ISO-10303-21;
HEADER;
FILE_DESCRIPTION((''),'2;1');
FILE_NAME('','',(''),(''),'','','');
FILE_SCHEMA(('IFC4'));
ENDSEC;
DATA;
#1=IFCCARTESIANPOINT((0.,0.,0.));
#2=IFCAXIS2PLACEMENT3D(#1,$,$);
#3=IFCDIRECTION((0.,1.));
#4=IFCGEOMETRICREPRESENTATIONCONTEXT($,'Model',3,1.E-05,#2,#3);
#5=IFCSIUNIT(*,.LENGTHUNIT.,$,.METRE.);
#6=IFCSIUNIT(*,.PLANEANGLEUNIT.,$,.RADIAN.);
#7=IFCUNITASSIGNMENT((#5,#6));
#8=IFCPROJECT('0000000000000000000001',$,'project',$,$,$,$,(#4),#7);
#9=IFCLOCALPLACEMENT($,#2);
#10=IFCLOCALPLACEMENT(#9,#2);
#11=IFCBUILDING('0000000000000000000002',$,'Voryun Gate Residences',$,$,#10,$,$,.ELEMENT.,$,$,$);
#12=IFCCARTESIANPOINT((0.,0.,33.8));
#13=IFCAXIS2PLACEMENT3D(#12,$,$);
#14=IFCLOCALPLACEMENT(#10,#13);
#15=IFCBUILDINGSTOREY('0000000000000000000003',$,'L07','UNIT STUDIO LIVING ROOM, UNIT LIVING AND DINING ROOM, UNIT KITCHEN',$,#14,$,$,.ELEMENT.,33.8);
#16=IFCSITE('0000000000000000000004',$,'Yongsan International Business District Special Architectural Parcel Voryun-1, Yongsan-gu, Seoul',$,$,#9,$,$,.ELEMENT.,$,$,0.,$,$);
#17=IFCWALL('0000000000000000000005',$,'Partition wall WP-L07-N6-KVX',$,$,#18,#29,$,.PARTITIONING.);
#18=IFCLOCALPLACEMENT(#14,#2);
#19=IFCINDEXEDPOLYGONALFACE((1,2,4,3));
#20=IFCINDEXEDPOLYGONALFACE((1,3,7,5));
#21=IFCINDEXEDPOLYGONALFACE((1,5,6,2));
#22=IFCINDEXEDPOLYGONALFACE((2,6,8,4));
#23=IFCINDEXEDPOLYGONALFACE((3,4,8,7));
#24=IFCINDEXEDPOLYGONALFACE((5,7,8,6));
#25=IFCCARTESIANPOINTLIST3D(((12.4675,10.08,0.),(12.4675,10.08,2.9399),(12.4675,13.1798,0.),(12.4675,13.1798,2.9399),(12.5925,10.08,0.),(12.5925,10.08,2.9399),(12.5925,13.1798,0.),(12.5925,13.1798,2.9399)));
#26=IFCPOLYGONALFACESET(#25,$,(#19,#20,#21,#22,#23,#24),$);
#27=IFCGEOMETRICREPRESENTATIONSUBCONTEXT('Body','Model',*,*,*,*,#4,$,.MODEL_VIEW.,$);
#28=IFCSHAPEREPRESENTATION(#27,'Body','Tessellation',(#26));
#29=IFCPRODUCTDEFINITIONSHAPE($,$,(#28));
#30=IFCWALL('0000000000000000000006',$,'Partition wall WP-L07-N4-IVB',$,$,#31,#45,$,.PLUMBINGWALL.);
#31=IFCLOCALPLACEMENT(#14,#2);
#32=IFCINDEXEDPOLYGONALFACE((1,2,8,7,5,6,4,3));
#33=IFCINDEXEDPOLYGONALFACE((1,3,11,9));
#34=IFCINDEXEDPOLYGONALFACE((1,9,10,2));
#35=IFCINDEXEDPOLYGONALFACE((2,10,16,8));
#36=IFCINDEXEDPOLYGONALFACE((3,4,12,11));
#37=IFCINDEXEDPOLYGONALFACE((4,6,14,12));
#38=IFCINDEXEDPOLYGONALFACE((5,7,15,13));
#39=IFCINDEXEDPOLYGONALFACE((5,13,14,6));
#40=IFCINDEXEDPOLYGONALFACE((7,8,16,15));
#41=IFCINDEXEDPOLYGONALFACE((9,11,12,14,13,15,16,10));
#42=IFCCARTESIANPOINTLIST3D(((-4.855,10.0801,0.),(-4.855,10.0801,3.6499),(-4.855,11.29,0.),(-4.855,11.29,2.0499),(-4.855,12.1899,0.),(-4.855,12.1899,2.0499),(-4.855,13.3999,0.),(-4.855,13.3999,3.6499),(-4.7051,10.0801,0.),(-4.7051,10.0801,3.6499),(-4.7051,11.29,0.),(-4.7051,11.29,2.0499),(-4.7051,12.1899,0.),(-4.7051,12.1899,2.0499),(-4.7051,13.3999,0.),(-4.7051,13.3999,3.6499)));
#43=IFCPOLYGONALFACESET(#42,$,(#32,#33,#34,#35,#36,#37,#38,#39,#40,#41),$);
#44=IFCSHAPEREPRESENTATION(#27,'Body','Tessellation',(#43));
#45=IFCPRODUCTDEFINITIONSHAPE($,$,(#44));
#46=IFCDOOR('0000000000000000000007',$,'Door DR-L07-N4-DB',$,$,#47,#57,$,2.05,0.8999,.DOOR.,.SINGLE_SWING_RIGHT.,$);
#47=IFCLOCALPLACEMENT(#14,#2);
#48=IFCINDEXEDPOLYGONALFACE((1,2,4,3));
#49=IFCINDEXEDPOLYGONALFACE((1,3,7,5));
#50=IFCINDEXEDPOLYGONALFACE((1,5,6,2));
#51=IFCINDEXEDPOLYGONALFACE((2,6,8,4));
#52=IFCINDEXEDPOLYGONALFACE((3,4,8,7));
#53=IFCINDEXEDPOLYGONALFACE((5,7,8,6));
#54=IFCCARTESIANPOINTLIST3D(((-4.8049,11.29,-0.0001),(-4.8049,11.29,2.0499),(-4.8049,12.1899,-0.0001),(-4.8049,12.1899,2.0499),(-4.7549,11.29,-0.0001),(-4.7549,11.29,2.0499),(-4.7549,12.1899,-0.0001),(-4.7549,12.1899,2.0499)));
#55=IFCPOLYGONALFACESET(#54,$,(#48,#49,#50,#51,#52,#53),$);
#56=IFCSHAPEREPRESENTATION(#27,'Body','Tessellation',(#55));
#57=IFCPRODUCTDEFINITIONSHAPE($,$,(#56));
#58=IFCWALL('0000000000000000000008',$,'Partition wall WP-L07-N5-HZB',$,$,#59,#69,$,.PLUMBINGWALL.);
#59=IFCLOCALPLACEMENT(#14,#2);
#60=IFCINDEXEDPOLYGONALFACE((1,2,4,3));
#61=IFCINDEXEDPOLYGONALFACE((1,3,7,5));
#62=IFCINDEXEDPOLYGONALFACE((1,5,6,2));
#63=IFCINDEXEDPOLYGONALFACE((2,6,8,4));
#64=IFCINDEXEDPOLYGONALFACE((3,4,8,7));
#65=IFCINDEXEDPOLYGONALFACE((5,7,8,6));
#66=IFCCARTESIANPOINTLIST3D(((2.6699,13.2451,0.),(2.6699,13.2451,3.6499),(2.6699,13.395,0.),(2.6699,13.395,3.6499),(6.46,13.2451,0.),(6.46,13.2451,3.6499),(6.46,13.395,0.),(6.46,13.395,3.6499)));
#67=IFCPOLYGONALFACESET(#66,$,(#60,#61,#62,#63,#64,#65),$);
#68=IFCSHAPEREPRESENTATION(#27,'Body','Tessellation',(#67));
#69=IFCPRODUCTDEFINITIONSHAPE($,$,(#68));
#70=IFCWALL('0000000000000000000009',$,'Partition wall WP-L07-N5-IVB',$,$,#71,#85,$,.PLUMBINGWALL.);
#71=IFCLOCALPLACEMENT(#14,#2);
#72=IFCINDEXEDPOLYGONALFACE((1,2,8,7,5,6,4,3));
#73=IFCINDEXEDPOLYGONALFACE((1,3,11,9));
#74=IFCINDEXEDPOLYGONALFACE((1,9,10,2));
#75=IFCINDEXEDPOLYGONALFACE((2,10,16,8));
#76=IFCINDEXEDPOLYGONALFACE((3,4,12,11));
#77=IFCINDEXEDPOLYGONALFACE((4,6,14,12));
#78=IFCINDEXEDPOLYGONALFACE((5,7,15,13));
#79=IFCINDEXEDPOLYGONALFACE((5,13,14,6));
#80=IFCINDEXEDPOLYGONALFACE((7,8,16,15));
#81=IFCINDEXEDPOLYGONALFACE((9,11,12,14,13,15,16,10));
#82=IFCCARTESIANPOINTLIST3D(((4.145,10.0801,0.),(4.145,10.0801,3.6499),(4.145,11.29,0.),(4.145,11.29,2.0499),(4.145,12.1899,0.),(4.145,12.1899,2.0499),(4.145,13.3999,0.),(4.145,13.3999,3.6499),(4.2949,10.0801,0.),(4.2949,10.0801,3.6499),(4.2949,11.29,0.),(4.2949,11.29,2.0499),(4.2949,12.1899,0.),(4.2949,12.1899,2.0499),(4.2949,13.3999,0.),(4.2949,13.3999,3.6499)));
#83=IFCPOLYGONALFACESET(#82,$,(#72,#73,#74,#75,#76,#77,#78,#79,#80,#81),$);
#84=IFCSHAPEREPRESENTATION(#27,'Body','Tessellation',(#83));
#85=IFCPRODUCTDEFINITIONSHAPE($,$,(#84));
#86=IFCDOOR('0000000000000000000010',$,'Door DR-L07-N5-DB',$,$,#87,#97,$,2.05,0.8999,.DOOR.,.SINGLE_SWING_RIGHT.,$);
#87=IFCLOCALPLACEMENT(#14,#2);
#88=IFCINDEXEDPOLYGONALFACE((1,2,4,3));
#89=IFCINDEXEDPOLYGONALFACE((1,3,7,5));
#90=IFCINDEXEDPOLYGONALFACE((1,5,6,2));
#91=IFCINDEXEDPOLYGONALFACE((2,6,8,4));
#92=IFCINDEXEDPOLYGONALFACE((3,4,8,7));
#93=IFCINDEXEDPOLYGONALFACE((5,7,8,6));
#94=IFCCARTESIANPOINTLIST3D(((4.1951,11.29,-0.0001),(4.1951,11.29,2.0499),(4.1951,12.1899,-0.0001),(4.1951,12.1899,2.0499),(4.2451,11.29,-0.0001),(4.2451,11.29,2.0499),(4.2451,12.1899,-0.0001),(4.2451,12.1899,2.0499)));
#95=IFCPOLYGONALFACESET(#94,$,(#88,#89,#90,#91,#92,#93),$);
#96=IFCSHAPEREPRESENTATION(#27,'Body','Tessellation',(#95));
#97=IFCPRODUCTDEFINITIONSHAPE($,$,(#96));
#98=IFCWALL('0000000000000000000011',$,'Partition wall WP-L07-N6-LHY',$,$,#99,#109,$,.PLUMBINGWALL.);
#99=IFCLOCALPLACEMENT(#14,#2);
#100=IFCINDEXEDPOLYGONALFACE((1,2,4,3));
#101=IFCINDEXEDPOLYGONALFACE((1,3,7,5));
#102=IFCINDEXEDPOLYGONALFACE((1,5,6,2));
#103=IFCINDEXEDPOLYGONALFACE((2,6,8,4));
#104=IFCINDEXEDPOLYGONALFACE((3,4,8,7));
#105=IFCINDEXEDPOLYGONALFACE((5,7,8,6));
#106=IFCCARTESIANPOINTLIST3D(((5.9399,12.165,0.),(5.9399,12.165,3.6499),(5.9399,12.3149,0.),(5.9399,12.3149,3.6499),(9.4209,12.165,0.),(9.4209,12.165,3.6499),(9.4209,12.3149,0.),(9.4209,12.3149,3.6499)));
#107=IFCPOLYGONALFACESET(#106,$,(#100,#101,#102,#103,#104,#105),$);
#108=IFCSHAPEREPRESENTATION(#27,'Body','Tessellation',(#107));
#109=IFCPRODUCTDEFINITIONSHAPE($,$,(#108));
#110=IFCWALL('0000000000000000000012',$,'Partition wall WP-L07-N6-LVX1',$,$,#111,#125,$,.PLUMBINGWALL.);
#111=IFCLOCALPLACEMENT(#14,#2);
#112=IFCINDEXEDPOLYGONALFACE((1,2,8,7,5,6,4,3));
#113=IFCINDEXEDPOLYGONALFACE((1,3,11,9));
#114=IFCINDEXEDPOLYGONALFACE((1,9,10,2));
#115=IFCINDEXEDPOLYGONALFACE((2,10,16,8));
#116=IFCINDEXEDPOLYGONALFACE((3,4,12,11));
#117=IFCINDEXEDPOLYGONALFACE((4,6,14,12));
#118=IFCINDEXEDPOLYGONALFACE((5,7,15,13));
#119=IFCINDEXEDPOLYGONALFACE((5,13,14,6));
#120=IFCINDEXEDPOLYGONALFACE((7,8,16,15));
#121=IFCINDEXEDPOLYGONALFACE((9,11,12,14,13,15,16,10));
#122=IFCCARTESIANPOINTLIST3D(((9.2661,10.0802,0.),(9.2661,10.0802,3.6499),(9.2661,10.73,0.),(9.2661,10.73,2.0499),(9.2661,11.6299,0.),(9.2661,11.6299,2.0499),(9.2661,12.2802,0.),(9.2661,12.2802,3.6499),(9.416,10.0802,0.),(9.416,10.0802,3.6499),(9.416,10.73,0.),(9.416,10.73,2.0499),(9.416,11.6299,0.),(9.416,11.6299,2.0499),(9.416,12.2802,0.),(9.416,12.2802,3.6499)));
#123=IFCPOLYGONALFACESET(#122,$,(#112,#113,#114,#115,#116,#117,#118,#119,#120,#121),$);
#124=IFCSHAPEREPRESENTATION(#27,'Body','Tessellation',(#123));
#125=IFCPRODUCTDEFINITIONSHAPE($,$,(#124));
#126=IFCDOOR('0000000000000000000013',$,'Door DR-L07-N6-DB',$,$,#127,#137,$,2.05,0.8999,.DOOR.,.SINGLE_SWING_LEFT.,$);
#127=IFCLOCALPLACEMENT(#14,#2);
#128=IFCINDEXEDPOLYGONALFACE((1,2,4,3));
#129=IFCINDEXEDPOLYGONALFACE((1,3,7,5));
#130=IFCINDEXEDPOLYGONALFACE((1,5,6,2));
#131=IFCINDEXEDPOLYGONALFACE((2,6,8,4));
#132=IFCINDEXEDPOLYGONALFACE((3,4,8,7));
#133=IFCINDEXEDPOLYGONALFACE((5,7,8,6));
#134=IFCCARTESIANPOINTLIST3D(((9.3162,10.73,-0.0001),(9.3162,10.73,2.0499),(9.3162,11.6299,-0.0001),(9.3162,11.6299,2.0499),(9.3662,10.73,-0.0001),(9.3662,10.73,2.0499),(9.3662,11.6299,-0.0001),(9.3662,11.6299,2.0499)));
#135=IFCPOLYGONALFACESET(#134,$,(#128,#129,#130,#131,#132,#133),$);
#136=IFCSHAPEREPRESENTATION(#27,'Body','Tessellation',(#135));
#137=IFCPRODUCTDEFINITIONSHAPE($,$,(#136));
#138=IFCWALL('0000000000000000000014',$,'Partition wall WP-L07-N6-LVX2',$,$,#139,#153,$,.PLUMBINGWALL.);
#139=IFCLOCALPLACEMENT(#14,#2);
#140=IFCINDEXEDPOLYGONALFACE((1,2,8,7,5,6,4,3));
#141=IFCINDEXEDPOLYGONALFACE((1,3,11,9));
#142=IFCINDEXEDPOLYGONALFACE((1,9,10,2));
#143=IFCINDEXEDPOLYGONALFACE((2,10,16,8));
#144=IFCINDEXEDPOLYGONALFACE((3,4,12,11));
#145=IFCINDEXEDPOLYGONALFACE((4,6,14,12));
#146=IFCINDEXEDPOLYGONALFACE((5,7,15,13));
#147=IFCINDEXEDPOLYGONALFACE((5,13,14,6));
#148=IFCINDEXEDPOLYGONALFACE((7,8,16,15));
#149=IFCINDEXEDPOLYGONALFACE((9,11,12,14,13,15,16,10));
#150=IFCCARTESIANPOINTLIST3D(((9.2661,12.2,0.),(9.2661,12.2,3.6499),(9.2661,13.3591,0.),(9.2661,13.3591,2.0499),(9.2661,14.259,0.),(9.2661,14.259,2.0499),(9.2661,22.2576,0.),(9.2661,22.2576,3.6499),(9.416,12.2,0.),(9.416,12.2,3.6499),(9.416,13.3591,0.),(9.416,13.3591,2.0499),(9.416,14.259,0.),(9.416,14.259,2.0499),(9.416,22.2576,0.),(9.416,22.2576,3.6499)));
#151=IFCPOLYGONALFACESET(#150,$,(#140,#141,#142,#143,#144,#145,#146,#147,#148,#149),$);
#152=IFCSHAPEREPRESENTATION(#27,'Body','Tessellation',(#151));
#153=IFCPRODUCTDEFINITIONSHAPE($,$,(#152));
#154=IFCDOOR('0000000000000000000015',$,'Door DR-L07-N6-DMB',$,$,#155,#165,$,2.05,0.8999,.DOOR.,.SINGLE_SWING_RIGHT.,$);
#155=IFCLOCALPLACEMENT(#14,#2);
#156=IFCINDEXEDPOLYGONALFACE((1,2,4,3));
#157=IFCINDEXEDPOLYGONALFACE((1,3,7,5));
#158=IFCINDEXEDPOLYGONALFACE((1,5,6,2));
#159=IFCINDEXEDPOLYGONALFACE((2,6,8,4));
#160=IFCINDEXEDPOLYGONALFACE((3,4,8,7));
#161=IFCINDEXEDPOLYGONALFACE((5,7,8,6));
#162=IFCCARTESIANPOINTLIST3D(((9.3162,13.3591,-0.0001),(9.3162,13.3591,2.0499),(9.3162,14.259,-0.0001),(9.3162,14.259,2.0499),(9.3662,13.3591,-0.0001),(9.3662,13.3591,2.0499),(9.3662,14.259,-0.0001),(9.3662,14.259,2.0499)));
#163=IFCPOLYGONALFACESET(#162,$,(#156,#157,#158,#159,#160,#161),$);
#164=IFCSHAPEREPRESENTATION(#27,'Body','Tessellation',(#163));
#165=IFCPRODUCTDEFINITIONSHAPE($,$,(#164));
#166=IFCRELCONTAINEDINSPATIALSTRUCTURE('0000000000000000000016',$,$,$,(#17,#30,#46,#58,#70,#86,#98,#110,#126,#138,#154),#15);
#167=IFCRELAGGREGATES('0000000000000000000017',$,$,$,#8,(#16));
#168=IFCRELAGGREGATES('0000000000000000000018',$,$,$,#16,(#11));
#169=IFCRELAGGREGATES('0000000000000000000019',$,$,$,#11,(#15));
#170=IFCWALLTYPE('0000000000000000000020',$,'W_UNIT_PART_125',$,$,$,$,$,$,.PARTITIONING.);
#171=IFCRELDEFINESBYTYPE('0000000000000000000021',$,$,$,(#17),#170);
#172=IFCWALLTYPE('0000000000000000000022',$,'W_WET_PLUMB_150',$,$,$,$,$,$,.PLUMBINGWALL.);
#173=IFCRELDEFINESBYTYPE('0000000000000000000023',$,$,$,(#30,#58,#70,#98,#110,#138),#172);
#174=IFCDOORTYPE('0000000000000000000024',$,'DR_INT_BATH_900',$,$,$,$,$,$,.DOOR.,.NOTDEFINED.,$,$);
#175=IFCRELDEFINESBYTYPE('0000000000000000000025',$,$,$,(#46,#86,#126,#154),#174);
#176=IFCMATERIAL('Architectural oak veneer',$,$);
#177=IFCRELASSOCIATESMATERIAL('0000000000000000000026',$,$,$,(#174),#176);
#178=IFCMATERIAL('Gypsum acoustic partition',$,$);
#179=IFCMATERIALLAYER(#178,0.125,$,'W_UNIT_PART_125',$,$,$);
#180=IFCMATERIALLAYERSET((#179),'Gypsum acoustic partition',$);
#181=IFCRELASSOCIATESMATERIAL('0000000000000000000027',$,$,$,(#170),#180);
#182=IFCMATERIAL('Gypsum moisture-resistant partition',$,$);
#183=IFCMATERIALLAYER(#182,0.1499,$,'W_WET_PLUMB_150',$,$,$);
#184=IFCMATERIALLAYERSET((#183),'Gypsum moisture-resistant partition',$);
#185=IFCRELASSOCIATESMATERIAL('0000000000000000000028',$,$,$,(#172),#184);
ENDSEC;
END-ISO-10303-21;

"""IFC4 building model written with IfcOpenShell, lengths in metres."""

from ifc_helpers import new_model, si_unit, direction, frame, frame_2d, origin, place, context, subcontext, project, spatial, rectangle, extrude, material, layer, layer_set, type_object, element, fill, save


model = new_model("IFC4")

# Units and contexts
model_context = context("Model", 3, precision=1e-05, world=origin(), true_north=direction((0.0, 1.0)))
body_context = subcontext(model_context, "Body", "Model", "MODEL_VIEW")
ifc_project = project(units=[si_unit("LENGTHUNIT", "METRE"), si_unit("PLANEANGLEUNIT", "RADIAN")], contexts=[model_context])

# Site, building, storey
site_placement = place(None, origin())
site = spatial("IfcSite", under=ifc_project, at=site_placement, Name="Yongsan International Business District Special Architectural Parcel Voryun-1, Yongsan-gu, Seoul", CompositionType="ELEMENT", RefElevation=0.0)
building_placement = place(site_placement, origin())
building = spatial("IfcBuilding", under=site, at=building_placement, Name="Voryun Gate Residences", CompositionType="ELEMENT")
storey_placement = place(building_placement, frame((0.0, 0.0, 33.8)))
storey = spatial("IfcBuildingStorey", under=building, at=storey_placement, Name="L07", Description="UNIT STUDIO LIVING ROOM, UNIT LIVING AND DINING ROOM, UNIT KITCHEN", CompositionType="ELEMENT", Elevation=33.8)

# Shared definitions
ifc_material_1 = material(Name="Architectural oak veneer")
door_type_1 = type_object("IfcDoorType", Name="DR_INT_BATH_900", OperationType="NOTDEFINED", PredefinedType="DOOR", material=ifc_material_1)

# Shared definitions
ifc_material_2 = material(Name="Gypsum acoustic partition")
ifc_layer_1 = layer(ifc_material_2, 0.125, Name="W_UNIT_PART_125")
ifc_layer_set_1 = layer_set([ifc_layer_1], Name="Gypsum acoustic partition")
wall_type_1 = type_object("IfcWallType", Name="W_UNIT_PART_125", PredefinedType="PARTITIONING", material=ifc_layer_set_1)

# Wall
wall_1_placement = place(storey_placement, frame((12.53, 10.0801, 0.0), z_axis=(0.0, 0.0, 1.0), x_axis=(0.0, 1.0, 0.0)))
element("IfcWall", 1, at=wall_1_placement, inside=storey, type_object=wall_type_1, Name="Partition wall WP-L07-N6-KVX", PredefinedType="PARTITIONING", context=body_context, shape_type="SweptSolid", body=[
    extrude(rectangle(XDim=3.0999, YDim=0.125, at=frame_2d((1.5498, 0.0))), origin(), (0.0, 0.0, 1.0), 2.9399),
])

# Wall, opening, door
ifc_material_3 = material(Name="Gypsum moisture-resistant partition")
ifc_layer_2 = layer(ifc_material_3, 0.1499, Name="W_WET_PLUMB_150")
ifc_layer_set_2 = layer_set([ifc_layer_2], Name="Gypsum moisture-resistant partition")
wall_type_2 = type_object("IfcWallType", Name="W_WET_PLUMB_150", PredefinedType="PLUMBINGWALL", material=ifc_layer_set_2)
wall_2_placement = place(storey_placement, frame((-4.78, 10.0801, 0.0), z_axis=(0.0, 0.0, 1.0), x_axis=(0.0, 1.0, 0.0)))
wall_2 = element("IfcWall", 2, at=wall_2_placement, inside=storey, type_object=wall_type_2, Name="Partition wall WP-L07-N4-IVB", PredefinedType="PLUMBINGWALL", context=body_context, shape_type="SweptSolid", body=[
    extrude(rectangle(XDim=3.3198, YDim=0.1499, at=frame_2d((1.6599, 0.0))), origin(), (0.0, 0.0, 1.0), 3.6499),
])
opening_1_placement = place(wall_2_placement, frame((1.21, 0.0, 0.0)))
opening_1 = element("IfcOpeningElement", 3, at=opening_1_placement, cuts=wall_2, PredefinedType="OPENING", context=body_context, shape_type="SweptSolid", body=[
    extrude(rectangle(XDim=0.8999, YDim=2.05, at=frame_2d((0.45, 1.0249))), frame((0.0, 0.085, 0.0), z_axis=(0.0, -1.0, 0.0), x_axis=(1.0, 0.0, 0.0)), (0.0, 0.0, 1.0), 0.1699),
])
door_1_placement = place(opening_1_placement, origin())
door_1 = element("IfcDoor", 4, at=door_1_placement, inside=storey, type_object=door_type_1, Name="Door DR-L07-N4-DB", OperationType="SINGLE_SWING_RIGHT", OverallHeight=2.05, OverallWidth=0.8999, PredefinedType="DOOR", context=body_context, shape_type="SweptSolid", body=[
    extrude(rectangle(XDim=0.8999, YDim=2.05, at=frame_2d((0.45, 1.0249))), frame((0.0, 0.0249, 0.0), z_axis=(0.0, -1.0, 0.0), x_axis=(1.0, 0.0, 0.0)), (0.0, 0.0, 1.0), 0.05),
])
fill(opening_1, door_1)

# Wall
wall_3_placement = place(storey_placement, frame((2.6699, 13.3201, 0.0), z_axis=(0.0, 0.0, 1.0), x_axis=(1.0, 0.0, 0.0)))
element("IfcWall", 5, at=wall_3_placement, inside=storey, type_object=wall_type_2, Name="Partition wall WP-L07-N5-HZB", PredefinedType="PLUMBINGWALL", context=body_context, shape_type="SweptSolid", body=[
    extrude(rectangle(XDim=3.79, YDim=0.1499, at=frame_2d((1.895, 0.0))), origin(), (0.0, 0.0, 1.0), 3.6499),
])

# Wall, opening, door
wall_4_placement = place(storey_placement, frame((4.22, 10.0801, 0.0), z_axis=(0.0, 0.0, 1.0), x_axis=(0.0, 1.0, 0.0)))
wall_4 = element("IfcWall", 6, at=wall_4_placement, inside=storey, type_object=wall_type_2, Name="Partition wall WP-L07-N5-IVB", PredefinedType="PLUMBINGWALL", context=body_context, shape_type="SweptSolid", body=[
    extrude(rectangle(XDim=3.3198, YDim=0.1499, at=frame_2d((1.6599, 0.0))), origin(), (0.0, 0.0, 1.0), 3.6499),
])
opening_2_placement = place(wall_4_placement, frame((1.21, 0.0, 0.0)))
opening_2 = element("IfcOpeningElement", 7, at=opening_2_placement, cuts=wall_4, PredefinedType="OPENING", context=body_context, shape_type="SweptSolid", body=[
    extrude(rectangle(XDim=0.8999, YDim=2.05, at=frame_2d((0.45, 1.0249))), frame((0.0, 0.085, 0.0), z_axis=(0.0, -1.0, 0.0), x_axis=(1.0, 0.0, 0.0)), (0.0, 0.0, 1.0), 0.1699),
])
door_2_placement = place(opening_2_placement, origin())
door_2 = element("IfcDoor", 8, at=door_2_placement, inside=storey, type_object=door_type_1, Name="Door DR-L07-N5-DB", OperationType="SINGLE_SWING_RIGHT", OverallHeight=2.05, OverallWidth=0.8999, PredefinedType="DOOR", context=body_context, shape_type="SweptSolid", body=[
    extrude(rectangle(XDim=0.8999, YDim=2.05, at=frame_2d((0.45, 1.0249))), frame((0.0, 0.0249, 0.0), z_axis=(0.0, -1.0, 0.0), x_axis=(1.0, 0.0, 0.0)), (0.0, 0.0, 1.0), 0.05),
])
fill(opening_2, door_2)

# Wall
wall_5_placement = place(storey_placement, frame((5.9399, 12.24, 0.0), z_axis=(0.0, 0.0, 1.0), x_axis=(1.0, 0.0, 0.0)))
element("IfcWall", 9, at=wall_5_placement, inside=storey, type_object=wall_type_2, Name="Partition wall WP-L07-N6-LHY", PredefinedType="PLUMBINGWALL", context=body_context, shape_type="SweptSolid", body=[
    extrude(rectangle(XDim=3.481, YDim=0.1499, at=frame_2d((1.7405, 0.0))), origin(), (0.0, 0.0, 1.0), 3.6499),
])

# Walls, openings, doors
wall_6_placement = place(storey_placement, frame((9.3411, 10.0801, 0.0), z_axis=(0.0, 0.0, 1.0), x_axis=(0.0, 1.0, 0.0)))
wall_6 = element("IfcWall", 10, at=wall_6_placement, inside=storey, type_object=wall_type_2, Name="Partition wall WP-L07-N6-LVX1", PredefinedType="PLUMBINGWALL", context=body_context, shape_type="SweptSolid", body=[
    extrude(rectangle(XDim=2.2, YDim=0.1499, at=frame_2d((1.1001, 0.0))), origin(), (0.0, 0.0, 1.0), 3.6499),
])
opening_3_placement = place(wall_6_placement, frame((0.6499, 0.0, 0.0)))
opening_3 = element("IfcOpeningElement", 11, at=opening_3_placement, cuts=wall_6, PredefinedType="OPENING", context=body_context, shape_type="SweptSolid", body=[
    extrude(rectangle(XDim=0.8999, YDim=2.05, at=frame_2d((0.45, 1.0249))), frame((0.0, 0.085, 0.0), z_axis=(0.0, -1.0, 0.0), x_axis=(1.0, 0.0, 0.0)), (0.0, 0.0, 1.0), 0.1699),
])
door_3_placement = place(opening_3_placement, origin())
door_3 = element("IfcDoor", 12, at=door_3_placement, inside=storey, type_object=door_type_1, Name="Door DR-L07-N6-DB", OperationType="SINGLE_SWING_LEFT", OverallHeight=2.05, OverallWidth=0.8999, PredefinedType="DOOR", context=body_context, shape_type="SweptSolid", body=[
    extrude(rectangle(XDim=0.8999, YDim=2.05, at=frame_2d((0.45, 1.0249))), frame((0.0, 0.0249, 0.0), z_axis=(0.0, -1.0, 0.0), x_axis=(1.0, 0.0, 0.0)), (0.0, 0.0, 1.0), 0.05),
])
fill(opening_3, door_3)
wall_7_placement = place(storey_placement, frame((9.3411, 12.2, 0.0), z_axis=(0.0, 0.0, 1.0), x_axis=(0.0, 1.0, 0.0)))
wall_7 = element("IfcWall", 13, at=wall_7_placement, inside=storey, type_object=wall_type_2, Name="Partition wall WP-L07-N6-LVX2", PredefinedType="PLUMBINGWALL", context=body_context, shape_type="SweptSolid", body=[
    extrude(rectangle(XDim=10.0576, YDim=0.1499, at=frame_2d((5.0288, 0.0))), origin(), (0.0, 0.0, 1.0), 3.6499),
])
opening_4_placement = place(wall_7_placement, frame((1.1592, 0.0, 0.0)))
opening_4 = element("IfcOpeningElement", 14, at=opening_4_placement, cuts=wall_7, PredefinedType="OPENING", context=body_context, shape_type="SweptSolid", body=[
    extrude(rectangle(XDim=0.8999, YDim=2.05, at=frame_2d((0.45, 1.0249))), frame((0.0, 0.085, 0.0), z_axis=(0.0, -1.0, 0.0), x_axis=(1.0, 0.0, 0.0)), (0.0, 0.0, 1.0), 0.1699),
])
door_4_placement = place(opening_4_placement, origin())
door_4 = element("IfcDoor", 15, at=door_4_placement, inside=storey, type_object=door_type_1, Name="Door DR-L07-N6-DMB", OperationType="SINGLE_SWING_RIGHT", OverallHeight=2.05, OverallWidth=0.8999, PredefinedType="DOOR", context=body_context, shape_type="SweptSolid", body=[
    extrude(rectangle(XDim=0.8999, YDim=2.05, at=frame_2d((0.45, 1.0249))), frame((0.0, 0.0249, 0.0), z_axis=(0.0, -1.0, 0.0), x_axis=(1.0, 0.0, 0.0)), (0.0, 0.0, 1.0), 0.05),
])
fill(opening_4, door_4)

save(model, "model.ifc")
